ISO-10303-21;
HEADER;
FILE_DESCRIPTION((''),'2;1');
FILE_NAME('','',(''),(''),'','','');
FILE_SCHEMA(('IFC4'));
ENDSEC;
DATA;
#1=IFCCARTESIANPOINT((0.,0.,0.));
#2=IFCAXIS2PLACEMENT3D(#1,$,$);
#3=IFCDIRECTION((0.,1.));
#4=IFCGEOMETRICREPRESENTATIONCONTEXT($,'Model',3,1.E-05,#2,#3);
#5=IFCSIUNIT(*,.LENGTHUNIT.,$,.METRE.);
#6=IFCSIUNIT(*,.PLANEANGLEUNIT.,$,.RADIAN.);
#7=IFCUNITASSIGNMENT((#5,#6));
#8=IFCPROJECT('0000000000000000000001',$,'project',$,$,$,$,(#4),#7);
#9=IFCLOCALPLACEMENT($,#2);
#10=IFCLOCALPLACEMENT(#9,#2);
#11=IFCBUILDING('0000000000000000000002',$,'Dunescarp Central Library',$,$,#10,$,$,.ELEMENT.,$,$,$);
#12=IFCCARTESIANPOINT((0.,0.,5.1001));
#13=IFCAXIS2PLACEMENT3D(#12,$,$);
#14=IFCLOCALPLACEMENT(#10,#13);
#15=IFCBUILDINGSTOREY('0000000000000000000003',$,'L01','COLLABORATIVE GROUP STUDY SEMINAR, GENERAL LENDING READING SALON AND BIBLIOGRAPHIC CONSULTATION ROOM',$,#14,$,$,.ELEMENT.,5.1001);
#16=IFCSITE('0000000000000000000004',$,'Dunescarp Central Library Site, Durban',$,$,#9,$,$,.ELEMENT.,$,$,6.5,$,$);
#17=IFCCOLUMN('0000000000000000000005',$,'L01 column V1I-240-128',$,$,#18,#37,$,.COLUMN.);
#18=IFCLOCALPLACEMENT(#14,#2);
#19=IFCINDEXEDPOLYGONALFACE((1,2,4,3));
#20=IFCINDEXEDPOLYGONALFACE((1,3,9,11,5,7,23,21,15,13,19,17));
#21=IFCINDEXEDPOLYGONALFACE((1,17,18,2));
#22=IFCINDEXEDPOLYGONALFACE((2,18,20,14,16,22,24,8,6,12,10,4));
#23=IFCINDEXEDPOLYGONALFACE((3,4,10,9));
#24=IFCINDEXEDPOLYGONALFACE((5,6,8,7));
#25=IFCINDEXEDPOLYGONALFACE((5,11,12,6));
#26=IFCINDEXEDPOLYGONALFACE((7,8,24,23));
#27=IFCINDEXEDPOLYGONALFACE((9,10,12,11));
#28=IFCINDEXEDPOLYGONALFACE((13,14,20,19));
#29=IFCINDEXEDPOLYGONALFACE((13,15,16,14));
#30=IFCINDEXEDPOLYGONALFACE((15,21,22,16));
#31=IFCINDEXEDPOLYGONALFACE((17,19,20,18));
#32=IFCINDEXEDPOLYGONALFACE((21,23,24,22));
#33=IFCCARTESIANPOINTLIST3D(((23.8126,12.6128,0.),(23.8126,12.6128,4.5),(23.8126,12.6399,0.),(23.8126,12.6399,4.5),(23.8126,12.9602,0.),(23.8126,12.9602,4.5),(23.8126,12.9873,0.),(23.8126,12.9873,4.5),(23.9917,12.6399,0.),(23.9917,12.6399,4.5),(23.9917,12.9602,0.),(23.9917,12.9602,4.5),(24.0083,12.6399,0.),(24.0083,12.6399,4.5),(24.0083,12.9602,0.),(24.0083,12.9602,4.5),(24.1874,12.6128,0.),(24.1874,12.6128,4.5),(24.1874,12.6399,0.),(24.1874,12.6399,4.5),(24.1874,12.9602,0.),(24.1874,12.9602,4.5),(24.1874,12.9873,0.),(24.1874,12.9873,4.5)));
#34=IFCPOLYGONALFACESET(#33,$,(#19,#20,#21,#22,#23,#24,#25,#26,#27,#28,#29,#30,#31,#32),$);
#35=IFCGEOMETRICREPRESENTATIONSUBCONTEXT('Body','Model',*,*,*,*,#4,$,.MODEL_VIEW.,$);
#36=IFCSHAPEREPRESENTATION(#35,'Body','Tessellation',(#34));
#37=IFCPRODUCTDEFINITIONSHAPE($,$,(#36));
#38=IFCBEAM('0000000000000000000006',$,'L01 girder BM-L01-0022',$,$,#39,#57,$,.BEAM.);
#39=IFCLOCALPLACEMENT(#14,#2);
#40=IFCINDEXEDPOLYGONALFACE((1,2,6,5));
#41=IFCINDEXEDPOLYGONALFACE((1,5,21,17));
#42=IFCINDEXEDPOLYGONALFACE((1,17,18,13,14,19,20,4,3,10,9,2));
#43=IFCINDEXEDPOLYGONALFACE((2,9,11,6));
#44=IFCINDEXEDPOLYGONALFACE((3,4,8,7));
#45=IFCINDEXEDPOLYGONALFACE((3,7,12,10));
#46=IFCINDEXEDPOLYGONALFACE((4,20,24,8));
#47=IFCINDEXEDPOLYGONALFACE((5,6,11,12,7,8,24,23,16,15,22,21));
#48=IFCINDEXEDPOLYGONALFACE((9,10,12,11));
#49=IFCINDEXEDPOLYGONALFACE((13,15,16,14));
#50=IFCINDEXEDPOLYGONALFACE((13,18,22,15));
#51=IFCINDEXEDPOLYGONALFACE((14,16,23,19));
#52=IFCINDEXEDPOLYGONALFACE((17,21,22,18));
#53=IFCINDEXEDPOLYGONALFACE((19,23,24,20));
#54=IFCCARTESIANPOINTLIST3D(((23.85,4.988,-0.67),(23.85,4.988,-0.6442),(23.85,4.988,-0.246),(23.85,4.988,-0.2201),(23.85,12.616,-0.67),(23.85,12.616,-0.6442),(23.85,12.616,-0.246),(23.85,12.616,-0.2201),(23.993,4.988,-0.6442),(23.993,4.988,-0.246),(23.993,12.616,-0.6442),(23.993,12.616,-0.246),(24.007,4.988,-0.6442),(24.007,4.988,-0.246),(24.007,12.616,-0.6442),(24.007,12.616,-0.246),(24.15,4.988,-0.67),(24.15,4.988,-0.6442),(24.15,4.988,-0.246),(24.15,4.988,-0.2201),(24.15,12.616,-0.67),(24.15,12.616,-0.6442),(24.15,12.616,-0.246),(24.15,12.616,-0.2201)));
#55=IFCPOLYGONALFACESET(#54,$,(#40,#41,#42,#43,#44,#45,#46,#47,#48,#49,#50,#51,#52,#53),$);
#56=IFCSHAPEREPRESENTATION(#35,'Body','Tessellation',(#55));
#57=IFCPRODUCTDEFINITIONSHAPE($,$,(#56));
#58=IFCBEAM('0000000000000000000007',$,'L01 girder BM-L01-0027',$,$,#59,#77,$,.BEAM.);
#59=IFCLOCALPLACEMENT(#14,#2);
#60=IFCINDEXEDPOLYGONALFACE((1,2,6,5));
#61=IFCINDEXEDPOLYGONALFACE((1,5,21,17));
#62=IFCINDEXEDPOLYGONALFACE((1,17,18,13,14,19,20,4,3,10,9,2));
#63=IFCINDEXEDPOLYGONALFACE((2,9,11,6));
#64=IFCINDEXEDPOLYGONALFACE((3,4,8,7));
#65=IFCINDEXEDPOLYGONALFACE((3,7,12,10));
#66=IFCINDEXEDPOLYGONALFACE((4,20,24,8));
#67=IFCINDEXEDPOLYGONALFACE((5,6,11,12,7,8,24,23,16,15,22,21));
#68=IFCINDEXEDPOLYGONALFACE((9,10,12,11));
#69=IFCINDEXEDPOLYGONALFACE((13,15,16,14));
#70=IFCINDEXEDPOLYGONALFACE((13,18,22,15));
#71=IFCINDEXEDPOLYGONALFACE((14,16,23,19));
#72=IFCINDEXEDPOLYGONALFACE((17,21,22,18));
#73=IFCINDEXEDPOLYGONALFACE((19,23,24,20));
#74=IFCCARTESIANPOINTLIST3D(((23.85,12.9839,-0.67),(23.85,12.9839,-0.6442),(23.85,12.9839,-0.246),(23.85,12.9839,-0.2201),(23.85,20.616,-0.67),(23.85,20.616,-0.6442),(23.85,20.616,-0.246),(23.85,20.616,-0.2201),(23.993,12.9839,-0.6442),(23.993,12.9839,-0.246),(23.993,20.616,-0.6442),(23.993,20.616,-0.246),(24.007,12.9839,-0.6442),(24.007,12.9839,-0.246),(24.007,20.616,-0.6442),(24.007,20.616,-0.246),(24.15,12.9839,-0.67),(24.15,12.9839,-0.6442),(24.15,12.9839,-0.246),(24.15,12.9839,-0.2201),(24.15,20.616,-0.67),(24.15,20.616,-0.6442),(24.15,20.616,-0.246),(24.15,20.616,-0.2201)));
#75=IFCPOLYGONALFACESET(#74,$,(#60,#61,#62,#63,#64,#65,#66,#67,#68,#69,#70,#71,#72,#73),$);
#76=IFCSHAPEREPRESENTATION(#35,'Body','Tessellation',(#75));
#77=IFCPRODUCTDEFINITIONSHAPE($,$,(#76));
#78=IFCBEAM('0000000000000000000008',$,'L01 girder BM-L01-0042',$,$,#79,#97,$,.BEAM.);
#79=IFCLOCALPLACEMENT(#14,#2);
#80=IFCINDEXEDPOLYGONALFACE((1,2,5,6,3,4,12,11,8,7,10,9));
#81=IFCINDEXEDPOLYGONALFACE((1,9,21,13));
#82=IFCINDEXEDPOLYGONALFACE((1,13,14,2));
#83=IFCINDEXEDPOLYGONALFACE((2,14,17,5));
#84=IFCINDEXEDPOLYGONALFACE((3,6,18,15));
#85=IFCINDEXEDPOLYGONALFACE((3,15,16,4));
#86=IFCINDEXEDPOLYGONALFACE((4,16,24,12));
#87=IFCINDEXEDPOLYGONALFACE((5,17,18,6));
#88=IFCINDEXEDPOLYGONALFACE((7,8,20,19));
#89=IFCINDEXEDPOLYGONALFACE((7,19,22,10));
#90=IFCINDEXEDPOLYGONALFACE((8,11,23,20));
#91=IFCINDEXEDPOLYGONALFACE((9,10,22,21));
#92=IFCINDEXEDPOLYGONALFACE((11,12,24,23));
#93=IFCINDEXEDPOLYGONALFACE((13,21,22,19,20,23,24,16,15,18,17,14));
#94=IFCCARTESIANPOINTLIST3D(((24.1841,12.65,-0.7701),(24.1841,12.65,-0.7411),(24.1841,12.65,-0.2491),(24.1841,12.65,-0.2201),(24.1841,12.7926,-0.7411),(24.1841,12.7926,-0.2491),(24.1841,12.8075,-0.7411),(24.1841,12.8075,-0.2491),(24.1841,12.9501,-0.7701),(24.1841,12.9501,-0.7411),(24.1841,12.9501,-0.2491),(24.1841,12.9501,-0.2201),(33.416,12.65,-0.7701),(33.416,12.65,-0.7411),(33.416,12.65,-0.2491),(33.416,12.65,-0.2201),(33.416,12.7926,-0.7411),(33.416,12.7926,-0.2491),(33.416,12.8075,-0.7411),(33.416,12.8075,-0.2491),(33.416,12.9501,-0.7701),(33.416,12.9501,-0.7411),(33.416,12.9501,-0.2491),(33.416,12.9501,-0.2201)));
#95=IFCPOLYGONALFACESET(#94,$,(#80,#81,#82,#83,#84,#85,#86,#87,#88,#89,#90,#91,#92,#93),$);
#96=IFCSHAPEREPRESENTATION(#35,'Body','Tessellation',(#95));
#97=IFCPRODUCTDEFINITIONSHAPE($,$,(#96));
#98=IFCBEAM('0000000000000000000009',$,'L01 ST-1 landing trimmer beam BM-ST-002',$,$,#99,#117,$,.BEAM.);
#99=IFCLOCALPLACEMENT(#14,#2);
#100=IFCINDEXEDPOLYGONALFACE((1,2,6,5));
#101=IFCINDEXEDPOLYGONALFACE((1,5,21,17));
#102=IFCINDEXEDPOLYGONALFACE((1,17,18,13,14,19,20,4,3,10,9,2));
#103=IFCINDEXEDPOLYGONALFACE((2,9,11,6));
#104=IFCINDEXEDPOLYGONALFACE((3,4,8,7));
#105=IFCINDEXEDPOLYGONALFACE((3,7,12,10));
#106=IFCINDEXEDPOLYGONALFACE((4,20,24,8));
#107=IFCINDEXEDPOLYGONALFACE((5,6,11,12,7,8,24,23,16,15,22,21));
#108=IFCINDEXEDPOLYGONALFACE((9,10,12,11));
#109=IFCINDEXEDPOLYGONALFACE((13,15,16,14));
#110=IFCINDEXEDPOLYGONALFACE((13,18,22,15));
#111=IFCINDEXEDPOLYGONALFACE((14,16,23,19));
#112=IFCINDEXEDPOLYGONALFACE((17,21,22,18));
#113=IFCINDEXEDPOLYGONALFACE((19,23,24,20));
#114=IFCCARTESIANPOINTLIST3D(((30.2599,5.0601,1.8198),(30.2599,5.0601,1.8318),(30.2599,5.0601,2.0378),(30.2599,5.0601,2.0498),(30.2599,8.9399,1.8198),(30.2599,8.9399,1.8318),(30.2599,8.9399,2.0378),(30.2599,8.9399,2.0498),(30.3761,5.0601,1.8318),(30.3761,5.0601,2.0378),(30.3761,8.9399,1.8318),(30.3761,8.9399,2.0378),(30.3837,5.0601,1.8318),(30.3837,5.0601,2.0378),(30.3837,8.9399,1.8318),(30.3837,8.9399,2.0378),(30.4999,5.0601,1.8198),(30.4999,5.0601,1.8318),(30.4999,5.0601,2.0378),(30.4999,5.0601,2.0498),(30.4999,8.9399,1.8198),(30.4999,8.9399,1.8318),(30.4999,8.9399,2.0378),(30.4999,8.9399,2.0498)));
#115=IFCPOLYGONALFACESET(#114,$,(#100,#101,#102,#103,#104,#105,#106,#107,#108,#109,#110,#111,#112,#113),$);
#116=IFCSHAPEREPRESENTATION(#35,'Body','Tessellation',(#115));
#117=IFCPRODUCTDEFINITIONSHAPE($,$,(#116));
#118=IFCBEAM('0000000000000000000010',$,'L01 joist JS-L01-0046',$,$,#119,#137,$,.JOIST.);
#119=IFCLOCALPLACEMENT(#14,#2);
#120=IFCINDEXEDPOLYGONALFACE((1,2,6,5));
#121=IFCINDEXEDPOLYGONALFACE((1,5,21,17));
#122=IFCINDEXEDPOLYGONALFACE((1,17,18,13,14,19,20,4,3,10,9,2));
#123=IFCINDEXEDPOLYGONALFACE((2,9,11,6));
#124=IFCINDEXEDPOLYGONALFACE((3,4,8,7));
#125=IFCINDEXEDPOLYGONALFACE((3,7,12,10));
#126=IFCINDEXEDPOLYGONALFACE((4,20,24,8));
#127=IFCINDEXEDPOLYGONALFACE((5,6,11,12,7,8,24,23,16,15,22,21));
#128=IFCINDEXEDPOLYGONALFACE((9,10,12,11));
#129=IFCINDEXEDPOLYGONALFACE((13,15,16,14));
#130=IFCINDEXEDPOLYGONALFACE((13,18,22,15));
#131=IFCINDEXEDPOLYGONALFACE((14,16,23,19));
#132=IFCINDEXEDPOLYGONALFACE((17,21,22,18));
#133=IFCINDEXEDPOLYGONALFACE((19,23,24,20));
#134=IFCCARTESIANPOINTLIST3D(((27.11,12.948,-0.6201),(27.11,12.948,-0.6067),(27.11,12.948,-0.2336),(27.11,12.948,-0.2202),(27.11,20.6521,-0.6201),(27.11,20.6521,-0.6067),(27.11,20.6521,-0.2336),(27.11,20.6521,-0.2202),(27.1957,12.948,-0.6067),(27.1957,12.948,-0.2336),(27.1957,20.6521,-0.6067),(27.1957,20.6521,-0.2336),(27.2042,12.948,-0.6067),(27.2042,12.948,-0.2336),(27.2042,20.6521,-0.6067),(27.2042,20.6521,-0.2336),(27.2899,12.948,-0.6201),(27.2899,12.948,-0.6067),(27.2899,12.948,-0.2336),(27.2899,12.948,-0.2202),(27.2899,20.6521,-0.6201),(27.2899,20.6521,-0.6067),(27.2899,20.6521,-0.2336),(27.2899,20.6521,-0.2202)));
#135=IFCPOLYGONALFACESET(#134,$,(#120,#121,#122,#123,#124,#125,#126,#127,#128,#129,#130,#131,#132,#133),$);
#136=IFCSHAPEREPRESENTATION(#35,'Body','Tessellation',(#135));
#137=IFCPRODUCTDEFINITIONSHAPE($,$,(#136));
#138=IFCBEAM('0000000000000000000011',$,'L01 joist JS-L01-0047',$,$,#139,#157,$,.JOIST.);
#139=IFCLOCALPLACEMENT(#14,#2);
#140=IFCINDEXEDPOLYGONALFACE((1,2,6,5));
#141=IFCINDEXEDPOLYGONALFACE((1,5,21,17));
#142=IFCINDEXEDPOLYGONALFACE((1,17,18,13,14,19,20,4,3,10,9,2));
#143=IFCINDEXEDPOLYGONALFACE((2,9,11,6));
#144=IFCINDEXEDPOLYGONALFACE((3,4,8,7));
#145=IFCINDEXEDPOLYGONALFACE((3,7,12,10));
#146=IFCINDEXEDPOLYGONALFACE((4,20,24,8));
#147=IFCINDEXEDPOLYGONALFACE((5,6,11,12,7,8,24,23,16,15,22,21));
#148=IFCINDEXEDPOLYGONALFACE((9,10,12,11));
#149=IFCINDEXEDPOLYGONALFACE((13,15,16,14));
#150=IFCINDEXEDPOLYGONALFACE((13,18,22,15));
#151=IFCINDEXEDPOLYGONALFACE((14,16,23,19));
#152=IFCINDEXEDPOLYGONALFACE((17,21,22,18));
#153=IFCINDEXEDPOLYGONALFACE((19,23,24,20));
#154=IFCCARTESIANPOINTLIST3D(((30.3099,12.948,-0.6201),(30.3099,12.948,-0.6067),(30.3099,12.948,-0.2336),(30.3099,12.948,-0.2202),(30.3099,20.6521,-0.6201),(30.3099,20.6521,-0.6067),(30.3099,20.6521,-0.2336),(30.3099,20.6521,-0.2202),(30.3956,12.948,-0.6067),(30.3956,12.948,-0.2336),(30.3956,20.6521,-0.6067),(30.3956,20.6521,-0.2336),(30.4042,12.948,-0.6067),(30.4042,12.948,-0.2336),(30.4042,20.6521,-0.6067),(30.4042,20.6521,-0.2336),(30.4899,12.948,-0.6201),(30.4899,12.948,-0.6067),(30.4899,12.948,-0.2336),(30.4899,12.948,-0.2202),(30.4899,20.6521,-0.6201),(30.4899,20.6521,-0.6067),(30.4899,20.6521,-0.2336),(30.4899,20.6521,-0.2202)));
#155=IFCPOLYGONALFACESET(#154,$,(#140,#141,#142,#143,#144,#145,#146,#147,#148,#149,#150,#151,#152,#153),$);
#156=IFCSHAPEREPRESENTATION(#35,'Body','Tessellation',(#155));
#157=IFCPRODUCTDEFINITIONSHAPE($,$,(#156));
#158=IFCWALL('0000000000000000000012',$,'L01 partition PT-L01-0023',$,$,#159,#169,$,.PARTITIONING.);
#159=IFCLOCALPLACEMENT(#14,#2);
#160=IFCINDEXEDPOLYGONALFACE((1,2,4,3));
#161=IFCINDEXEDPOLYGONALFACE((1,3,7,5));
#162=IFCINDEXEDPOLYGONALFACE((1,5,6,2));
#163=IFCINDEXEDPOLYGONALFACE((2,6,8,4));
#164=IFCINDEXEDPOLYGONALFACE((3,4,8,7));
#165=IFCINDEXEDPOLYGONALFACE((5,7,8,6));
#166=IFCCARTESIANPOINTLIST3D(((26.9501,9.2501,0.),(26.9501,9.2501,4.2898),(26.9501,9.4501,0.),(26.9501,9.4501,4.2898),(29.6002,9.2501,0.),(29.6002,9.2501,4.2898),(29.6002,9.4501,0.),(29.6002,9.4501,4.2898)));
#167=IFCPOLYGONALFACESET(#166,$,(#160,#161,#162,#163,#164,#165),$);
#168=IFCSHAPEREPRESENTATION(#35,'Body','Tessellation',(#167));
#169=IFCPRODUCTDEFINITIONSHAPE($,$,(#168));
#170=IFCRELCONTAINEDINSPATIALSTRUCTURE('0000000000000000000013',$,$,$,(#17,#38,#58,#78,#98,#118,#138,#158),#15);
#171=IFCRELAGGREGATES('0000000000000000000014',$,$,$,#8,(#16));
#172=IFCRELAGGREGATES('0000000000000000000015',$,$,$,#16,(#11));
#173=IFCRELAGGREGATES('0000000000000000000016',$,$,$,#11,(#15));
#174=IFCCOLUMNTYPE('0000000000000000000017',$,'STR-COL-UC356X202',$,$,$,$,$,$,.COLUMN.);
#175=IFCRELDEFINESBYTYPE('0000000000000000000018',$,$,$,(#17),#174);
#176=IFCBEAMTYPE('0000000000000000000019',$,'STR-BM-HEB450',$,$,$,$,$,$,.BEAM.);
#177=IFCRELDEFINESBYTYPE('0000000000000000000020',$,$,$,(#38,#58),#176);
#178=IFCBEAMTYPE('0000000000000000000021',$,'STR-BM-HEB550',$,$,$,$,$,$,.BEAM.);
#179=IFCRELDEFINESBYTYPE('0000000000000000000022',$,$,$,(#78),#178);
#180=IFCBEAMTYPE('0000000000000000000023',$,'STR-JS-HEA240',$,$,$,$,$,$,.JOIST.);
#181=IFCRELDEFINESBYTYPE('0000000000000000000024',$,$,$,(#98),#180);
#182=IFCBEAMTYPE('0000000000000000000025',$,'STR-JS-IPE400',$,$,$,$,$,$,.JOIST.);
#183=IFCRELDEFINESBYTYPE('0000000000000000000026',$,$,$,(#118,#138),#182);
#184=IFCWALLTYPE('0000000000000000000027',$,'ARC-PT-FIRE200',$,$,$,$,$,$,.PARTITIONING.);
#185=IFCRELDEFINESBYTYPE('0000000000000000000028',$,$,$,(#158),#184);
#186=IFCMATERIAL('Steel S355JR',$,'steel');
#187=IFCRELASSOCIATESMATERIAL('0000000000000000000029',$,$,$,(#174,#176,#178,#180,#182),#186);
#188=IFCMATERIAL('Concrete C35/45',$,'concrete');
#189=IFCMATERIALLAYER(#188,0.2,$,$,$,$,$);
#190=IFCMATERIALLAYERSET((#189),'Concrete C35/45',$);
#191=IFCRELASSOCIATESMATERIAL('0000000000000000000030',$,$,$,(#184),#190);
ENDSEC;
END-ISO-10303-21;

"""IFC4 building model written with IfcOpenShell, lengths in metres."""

from ifc_helpers import new_model, si_unit, direction, frame, frame_2d, origin, origin_2d, place, context, subcontext, project, spatial, rectangle, i_section, extrude, material, layer, layer_set, material_profile, profile_set, type_object, element, save


model = new_model("IFC4")

# Units and contexts
model_context = context("Model", 3, precision=1e-05, world=origin(), true_north=direction((0.0, 1.0)))
body_context = subcontext(model_context, "Body", "Model", "MODEL_VIEW")
ifc_project = project(units=[si_unit("LENGTHUNIT", "METRE"), si_unit("PLANEANGLEUNIT", "RADIAN")], contexts=[model_context])

# Site, building, storey
site_placement = place(None, origin())
site = spatial("IfcSite", under=ifc_project, at=site_placement, Name="Dunescarp Central Library Site, Durban", CompositionType="ELEMENT", RefElevation=6.5)
building_placement = place(site_placement, origin())
building = spatial("IfcBuilding", under=site, at=building_placement, Name="Dunescarp Central Library", CompositionType="ELEMENT")
storey_placement = place(building_placement, frame((0.0, 0.0, 5.1001)))
storey = spatial("IfcBuildingStorey", under=building, at=storey_placement, Name="L01", Description="COLLABORATIVE GROUP STUDY SEMINAR, GENERAL LENDING READING SALON AND BIBLIOGRAPHIC CONSULTATION ROOM", CompositionType="ELEMENT", Elevation=5.1001)

# Column
ifc_material_1 = material(Name="Steel S355JR", Category="steel")
ifc_material_profile_1 = material_profile(ifc_material_1, i_section(OverallWidth=0.3748, OverallDepth=0.3745, WebThickness=0.0166, FlangeThickness=0.0271, at=origin_2d()), Name="UC 356x368x202")
ifc_profile_set_1 = profile_set([ifc_material_profile_1], Name="Steel S355JR")
column_type = type_object("IfcColumnType", Name="STR-COL-UC356X202", PredefinedType="COLUMN", material=ifc_profile_set_1)
column_placement = place(storey_placement, frame((24.0, 12.8, 0.0), z_axis=(0.0, 0.0, 1.0), x_axis=(1.0, 0.0, 0.0)))
element("IfcColumn", 1, at=column_placement, inside=storey, type_object=column_type, Name="L01 column V1I-240-128", PredefinedType="COLUMN", context=body_context, shape_type="SweptSolid", body=[
    extrude(i_section(OverallWidth=0.3748, OverallDepth=0.3745, WebThickness=0.0166, FlangeThickness=0.0271, at=origin_2d()), origin(), (0.0, 0.0, 1.0), 4.5),
])

# Beams
ifc_material_profile_2 = material_profile(ifc_material_1, i_section(OverallWidth=0.3, OverallDepth=0.45, WebThickness=0.0139, FlangeThickness=0.0259, at=origin_2d()), Name="HEB 450")
ifc_profile_set_2 = profile_set([ifc_material_profile_2], Name="Steel S355JR")
beam_type_1 = type_object("IfcBeamType", Name="STR-BM-HEB450", PredefinedType="BEAM", material=ifc_profile_set_2)
beam_1_placement = place(storey_placement, frame((24.0, 4.988, -0.4451), z_axis=(0.0, 1.0, 0.0), x_axis=(-1.0, 0.0, 0.0)))
element("IfcBeam", 2, at=beam_1_placement, inside=storey, type_object=beam_type_1, Name="L01 girder BM-L01-0022", PredefinedType="BEAM", context=body_context, shape_type="SweptSolid", body=[
    extrude(i_section(OverallWidth=0.3, OverallDepth=0.45, WebThickness=0.0139, FlangeThickness=0.0259, at=origin_2d()), origin(), (0.0, 0.0, 1.0), 7.6279),
])
beam_2_placement = place(storey_placement, frame((24.0, 12.9839, -0.4451), z_axis=(0.0, 1.0, 0.0), x_axis=(-1.0, 0.0, 0.0)))
element("IfcBeam", 3, at=beam_2_placement, inside=storey, type_object=beam_type_1, Name="L01 girder BM-L01-0027", PredefinedType="BEAM", context=body_context, shape_type="SweptSolid", body=[
    extrude(i_section(OverallWidth=0.3, OverallDepth=0.45, WebThickness=0.0139, FlangeThickness=0.0259, at=origin_2d()), origin(), (0.0, 0.0, 1.0), 7.6321),
])
ifc_material_profile_3 = material_profile(ifc_material_1, i_section(OverallWidth=0.3, OverallDepth=0.55, WebThickness=0.0149, FlangeThickness=0.0291, at=origin_2d()), Name="HEB 550")
ifc_profile_set_3 = profile_set([ifc_material_profile_3], Name="Steel S355JR")
beam_type_2 = type_object("IfcBeamType", Name="STR-BM-HEB550", PredefinedType="BEAM", material=ifc_profile_set_3)
beam_3_placement = place(storey_placement, frame((24.1841, 12.8, -0.4951), z_axis=(1.0, 0.0, 0.0), x_axis=(0.0, 1.0, 0.0)))
element("IfcBeam", 4, at=beam_3_placement, inside=storey, type_object=beam_type_2, Name="L01 girder BM-L01-0042", PredefinedType="BEAM", context=body_context, shape_type="SweptSolid", body=[
    extrude(i_section(OverallWidth=0.3, OverallDepth=0.55, WebThickness=0.0149, FlangeThickness=0.0291, at=origin_2d()), origin(), (0.0, 0.0, 1.0), 9.2319),
])
ifc_material_profile_4 = material_profile(ifc_material_1, i_section(OverallWidth=0.24, OverallDepth=0.23, WebThickness=0.0076, FlangeThickness=0.012, at=origin_2d()), Name="HEA 240")
ifc_profile_set_4 = profile_set([ifc_material_profile_4], Name="Steel S355JR")
beam_type_3 = type_object("IfcBeamType", Name="STR-JS-HEA240", PredefinedType="JOIST", material=ifc_profile_set_4)
beam_4_placement = place(storey_placement, frame((30.3799, 5.0601, 1.9348), z_axis=(0.0, 1.0, 0.0), x_axis=(-1.0, 0.0, 0.0)))
element("IfcBeam", 5, at=beam_4_placement, inside=storey, type_object=beam_type_3, Name="L01 ST-1 landing trimmer beam BM-ST-002", PredefinedType="BEAM", context=body_context, shape_type="SweptSolid", body=[
    extrude(i_section(OverallWidth=0.24, OverallDepth=0.23, WebThickness=0.0076, FlangeThickness=0.012, at=origin_2d()), origin(), (0.0, 0.0, 1.0), 3.8799),
])
ifc_material_profile_5 = material_profile(ifc_material_1, i_section(OverallWidth=0.1799, OverallDepth=0.3999, WebThickness=0.0085, FlangeThickness=0.0134, at=origin_2d()), Name="IPE 400")
ifc_profile_set_5 = profile_set([ifc_material_profile_5], Name="Steel S355JR")
beam_type_4 = type_object("IfcBeamType", Name="STR-JS-IPE400", PredefinedType="JOIST", material=ifc_profile_set_5)
for number, where, z_axis, x_axis, name in (
    (6, (27.2, 12.948, -0.4202), (0.0, 1.0, 0.0), (-1.0, 0.0, 0.0), "L01 joist JS-L01-0046"),
    (7, (30.3999, 12.948, -0.4202), (0.0, 1.0, 0.0), (-1.0, 0.0, 0.0), "L01 joist JS-L01-0047"),
):
    element("IfcBeam", number, at=place(storey_placement, frame(where, z_axis=z_axis, x_axis=x_axis)), inside=storey, type_object=beam_type_4, Name=name, PredefinedType="JOIST", context=body_context, shape_type="SweptSolid", body=[
        extrude(i_section(OverallWidth=0.1799, OverallDepth=0.3999, WebThickness=0.0085, FlangeThickness=0.0134, at=origin_2d()), origin(), (0.0, 0.0, 1.0), 7.7041),
    ])

# Wall
ifc_material_2 = material(Name="Concrete C35/45", Category="concrete")
ifc_layer_1 = layer(ifc_material_2, 0.2)
ifc_layer_set_1 = layer_set([ifc_layer_1], Name="Concrete C35/45")
wall_type_1 = type_object("IfcWallType", Name="ARC-PT-FIRE200", PredefinedType="PARTITIONING", material=ifc_layer_set_1)
wall_1_placement = place(storey_placement, frame((26.95, 9.3501, 0.0), z_axis=(0.0, 0.0, 1.0), x_axis=(1.0, 0.0, 0.0)))
element("IfcWall", 8, at=wall_1_placement, inside=storey, type_object=wall_type_1, Name="L01 partition PT-L01-0023", PredefinedType="PARTITIONING", context=body_context, shape_type="SweptSolid", body=[
    extrude(rectangle(XDim=2.6501, YDim=0.2, at=frame_2d((1.3252, 0.0))), origin(), (0.0, 0.0, 1.0), 4.2898),
])

save(model, "model.ifc")
